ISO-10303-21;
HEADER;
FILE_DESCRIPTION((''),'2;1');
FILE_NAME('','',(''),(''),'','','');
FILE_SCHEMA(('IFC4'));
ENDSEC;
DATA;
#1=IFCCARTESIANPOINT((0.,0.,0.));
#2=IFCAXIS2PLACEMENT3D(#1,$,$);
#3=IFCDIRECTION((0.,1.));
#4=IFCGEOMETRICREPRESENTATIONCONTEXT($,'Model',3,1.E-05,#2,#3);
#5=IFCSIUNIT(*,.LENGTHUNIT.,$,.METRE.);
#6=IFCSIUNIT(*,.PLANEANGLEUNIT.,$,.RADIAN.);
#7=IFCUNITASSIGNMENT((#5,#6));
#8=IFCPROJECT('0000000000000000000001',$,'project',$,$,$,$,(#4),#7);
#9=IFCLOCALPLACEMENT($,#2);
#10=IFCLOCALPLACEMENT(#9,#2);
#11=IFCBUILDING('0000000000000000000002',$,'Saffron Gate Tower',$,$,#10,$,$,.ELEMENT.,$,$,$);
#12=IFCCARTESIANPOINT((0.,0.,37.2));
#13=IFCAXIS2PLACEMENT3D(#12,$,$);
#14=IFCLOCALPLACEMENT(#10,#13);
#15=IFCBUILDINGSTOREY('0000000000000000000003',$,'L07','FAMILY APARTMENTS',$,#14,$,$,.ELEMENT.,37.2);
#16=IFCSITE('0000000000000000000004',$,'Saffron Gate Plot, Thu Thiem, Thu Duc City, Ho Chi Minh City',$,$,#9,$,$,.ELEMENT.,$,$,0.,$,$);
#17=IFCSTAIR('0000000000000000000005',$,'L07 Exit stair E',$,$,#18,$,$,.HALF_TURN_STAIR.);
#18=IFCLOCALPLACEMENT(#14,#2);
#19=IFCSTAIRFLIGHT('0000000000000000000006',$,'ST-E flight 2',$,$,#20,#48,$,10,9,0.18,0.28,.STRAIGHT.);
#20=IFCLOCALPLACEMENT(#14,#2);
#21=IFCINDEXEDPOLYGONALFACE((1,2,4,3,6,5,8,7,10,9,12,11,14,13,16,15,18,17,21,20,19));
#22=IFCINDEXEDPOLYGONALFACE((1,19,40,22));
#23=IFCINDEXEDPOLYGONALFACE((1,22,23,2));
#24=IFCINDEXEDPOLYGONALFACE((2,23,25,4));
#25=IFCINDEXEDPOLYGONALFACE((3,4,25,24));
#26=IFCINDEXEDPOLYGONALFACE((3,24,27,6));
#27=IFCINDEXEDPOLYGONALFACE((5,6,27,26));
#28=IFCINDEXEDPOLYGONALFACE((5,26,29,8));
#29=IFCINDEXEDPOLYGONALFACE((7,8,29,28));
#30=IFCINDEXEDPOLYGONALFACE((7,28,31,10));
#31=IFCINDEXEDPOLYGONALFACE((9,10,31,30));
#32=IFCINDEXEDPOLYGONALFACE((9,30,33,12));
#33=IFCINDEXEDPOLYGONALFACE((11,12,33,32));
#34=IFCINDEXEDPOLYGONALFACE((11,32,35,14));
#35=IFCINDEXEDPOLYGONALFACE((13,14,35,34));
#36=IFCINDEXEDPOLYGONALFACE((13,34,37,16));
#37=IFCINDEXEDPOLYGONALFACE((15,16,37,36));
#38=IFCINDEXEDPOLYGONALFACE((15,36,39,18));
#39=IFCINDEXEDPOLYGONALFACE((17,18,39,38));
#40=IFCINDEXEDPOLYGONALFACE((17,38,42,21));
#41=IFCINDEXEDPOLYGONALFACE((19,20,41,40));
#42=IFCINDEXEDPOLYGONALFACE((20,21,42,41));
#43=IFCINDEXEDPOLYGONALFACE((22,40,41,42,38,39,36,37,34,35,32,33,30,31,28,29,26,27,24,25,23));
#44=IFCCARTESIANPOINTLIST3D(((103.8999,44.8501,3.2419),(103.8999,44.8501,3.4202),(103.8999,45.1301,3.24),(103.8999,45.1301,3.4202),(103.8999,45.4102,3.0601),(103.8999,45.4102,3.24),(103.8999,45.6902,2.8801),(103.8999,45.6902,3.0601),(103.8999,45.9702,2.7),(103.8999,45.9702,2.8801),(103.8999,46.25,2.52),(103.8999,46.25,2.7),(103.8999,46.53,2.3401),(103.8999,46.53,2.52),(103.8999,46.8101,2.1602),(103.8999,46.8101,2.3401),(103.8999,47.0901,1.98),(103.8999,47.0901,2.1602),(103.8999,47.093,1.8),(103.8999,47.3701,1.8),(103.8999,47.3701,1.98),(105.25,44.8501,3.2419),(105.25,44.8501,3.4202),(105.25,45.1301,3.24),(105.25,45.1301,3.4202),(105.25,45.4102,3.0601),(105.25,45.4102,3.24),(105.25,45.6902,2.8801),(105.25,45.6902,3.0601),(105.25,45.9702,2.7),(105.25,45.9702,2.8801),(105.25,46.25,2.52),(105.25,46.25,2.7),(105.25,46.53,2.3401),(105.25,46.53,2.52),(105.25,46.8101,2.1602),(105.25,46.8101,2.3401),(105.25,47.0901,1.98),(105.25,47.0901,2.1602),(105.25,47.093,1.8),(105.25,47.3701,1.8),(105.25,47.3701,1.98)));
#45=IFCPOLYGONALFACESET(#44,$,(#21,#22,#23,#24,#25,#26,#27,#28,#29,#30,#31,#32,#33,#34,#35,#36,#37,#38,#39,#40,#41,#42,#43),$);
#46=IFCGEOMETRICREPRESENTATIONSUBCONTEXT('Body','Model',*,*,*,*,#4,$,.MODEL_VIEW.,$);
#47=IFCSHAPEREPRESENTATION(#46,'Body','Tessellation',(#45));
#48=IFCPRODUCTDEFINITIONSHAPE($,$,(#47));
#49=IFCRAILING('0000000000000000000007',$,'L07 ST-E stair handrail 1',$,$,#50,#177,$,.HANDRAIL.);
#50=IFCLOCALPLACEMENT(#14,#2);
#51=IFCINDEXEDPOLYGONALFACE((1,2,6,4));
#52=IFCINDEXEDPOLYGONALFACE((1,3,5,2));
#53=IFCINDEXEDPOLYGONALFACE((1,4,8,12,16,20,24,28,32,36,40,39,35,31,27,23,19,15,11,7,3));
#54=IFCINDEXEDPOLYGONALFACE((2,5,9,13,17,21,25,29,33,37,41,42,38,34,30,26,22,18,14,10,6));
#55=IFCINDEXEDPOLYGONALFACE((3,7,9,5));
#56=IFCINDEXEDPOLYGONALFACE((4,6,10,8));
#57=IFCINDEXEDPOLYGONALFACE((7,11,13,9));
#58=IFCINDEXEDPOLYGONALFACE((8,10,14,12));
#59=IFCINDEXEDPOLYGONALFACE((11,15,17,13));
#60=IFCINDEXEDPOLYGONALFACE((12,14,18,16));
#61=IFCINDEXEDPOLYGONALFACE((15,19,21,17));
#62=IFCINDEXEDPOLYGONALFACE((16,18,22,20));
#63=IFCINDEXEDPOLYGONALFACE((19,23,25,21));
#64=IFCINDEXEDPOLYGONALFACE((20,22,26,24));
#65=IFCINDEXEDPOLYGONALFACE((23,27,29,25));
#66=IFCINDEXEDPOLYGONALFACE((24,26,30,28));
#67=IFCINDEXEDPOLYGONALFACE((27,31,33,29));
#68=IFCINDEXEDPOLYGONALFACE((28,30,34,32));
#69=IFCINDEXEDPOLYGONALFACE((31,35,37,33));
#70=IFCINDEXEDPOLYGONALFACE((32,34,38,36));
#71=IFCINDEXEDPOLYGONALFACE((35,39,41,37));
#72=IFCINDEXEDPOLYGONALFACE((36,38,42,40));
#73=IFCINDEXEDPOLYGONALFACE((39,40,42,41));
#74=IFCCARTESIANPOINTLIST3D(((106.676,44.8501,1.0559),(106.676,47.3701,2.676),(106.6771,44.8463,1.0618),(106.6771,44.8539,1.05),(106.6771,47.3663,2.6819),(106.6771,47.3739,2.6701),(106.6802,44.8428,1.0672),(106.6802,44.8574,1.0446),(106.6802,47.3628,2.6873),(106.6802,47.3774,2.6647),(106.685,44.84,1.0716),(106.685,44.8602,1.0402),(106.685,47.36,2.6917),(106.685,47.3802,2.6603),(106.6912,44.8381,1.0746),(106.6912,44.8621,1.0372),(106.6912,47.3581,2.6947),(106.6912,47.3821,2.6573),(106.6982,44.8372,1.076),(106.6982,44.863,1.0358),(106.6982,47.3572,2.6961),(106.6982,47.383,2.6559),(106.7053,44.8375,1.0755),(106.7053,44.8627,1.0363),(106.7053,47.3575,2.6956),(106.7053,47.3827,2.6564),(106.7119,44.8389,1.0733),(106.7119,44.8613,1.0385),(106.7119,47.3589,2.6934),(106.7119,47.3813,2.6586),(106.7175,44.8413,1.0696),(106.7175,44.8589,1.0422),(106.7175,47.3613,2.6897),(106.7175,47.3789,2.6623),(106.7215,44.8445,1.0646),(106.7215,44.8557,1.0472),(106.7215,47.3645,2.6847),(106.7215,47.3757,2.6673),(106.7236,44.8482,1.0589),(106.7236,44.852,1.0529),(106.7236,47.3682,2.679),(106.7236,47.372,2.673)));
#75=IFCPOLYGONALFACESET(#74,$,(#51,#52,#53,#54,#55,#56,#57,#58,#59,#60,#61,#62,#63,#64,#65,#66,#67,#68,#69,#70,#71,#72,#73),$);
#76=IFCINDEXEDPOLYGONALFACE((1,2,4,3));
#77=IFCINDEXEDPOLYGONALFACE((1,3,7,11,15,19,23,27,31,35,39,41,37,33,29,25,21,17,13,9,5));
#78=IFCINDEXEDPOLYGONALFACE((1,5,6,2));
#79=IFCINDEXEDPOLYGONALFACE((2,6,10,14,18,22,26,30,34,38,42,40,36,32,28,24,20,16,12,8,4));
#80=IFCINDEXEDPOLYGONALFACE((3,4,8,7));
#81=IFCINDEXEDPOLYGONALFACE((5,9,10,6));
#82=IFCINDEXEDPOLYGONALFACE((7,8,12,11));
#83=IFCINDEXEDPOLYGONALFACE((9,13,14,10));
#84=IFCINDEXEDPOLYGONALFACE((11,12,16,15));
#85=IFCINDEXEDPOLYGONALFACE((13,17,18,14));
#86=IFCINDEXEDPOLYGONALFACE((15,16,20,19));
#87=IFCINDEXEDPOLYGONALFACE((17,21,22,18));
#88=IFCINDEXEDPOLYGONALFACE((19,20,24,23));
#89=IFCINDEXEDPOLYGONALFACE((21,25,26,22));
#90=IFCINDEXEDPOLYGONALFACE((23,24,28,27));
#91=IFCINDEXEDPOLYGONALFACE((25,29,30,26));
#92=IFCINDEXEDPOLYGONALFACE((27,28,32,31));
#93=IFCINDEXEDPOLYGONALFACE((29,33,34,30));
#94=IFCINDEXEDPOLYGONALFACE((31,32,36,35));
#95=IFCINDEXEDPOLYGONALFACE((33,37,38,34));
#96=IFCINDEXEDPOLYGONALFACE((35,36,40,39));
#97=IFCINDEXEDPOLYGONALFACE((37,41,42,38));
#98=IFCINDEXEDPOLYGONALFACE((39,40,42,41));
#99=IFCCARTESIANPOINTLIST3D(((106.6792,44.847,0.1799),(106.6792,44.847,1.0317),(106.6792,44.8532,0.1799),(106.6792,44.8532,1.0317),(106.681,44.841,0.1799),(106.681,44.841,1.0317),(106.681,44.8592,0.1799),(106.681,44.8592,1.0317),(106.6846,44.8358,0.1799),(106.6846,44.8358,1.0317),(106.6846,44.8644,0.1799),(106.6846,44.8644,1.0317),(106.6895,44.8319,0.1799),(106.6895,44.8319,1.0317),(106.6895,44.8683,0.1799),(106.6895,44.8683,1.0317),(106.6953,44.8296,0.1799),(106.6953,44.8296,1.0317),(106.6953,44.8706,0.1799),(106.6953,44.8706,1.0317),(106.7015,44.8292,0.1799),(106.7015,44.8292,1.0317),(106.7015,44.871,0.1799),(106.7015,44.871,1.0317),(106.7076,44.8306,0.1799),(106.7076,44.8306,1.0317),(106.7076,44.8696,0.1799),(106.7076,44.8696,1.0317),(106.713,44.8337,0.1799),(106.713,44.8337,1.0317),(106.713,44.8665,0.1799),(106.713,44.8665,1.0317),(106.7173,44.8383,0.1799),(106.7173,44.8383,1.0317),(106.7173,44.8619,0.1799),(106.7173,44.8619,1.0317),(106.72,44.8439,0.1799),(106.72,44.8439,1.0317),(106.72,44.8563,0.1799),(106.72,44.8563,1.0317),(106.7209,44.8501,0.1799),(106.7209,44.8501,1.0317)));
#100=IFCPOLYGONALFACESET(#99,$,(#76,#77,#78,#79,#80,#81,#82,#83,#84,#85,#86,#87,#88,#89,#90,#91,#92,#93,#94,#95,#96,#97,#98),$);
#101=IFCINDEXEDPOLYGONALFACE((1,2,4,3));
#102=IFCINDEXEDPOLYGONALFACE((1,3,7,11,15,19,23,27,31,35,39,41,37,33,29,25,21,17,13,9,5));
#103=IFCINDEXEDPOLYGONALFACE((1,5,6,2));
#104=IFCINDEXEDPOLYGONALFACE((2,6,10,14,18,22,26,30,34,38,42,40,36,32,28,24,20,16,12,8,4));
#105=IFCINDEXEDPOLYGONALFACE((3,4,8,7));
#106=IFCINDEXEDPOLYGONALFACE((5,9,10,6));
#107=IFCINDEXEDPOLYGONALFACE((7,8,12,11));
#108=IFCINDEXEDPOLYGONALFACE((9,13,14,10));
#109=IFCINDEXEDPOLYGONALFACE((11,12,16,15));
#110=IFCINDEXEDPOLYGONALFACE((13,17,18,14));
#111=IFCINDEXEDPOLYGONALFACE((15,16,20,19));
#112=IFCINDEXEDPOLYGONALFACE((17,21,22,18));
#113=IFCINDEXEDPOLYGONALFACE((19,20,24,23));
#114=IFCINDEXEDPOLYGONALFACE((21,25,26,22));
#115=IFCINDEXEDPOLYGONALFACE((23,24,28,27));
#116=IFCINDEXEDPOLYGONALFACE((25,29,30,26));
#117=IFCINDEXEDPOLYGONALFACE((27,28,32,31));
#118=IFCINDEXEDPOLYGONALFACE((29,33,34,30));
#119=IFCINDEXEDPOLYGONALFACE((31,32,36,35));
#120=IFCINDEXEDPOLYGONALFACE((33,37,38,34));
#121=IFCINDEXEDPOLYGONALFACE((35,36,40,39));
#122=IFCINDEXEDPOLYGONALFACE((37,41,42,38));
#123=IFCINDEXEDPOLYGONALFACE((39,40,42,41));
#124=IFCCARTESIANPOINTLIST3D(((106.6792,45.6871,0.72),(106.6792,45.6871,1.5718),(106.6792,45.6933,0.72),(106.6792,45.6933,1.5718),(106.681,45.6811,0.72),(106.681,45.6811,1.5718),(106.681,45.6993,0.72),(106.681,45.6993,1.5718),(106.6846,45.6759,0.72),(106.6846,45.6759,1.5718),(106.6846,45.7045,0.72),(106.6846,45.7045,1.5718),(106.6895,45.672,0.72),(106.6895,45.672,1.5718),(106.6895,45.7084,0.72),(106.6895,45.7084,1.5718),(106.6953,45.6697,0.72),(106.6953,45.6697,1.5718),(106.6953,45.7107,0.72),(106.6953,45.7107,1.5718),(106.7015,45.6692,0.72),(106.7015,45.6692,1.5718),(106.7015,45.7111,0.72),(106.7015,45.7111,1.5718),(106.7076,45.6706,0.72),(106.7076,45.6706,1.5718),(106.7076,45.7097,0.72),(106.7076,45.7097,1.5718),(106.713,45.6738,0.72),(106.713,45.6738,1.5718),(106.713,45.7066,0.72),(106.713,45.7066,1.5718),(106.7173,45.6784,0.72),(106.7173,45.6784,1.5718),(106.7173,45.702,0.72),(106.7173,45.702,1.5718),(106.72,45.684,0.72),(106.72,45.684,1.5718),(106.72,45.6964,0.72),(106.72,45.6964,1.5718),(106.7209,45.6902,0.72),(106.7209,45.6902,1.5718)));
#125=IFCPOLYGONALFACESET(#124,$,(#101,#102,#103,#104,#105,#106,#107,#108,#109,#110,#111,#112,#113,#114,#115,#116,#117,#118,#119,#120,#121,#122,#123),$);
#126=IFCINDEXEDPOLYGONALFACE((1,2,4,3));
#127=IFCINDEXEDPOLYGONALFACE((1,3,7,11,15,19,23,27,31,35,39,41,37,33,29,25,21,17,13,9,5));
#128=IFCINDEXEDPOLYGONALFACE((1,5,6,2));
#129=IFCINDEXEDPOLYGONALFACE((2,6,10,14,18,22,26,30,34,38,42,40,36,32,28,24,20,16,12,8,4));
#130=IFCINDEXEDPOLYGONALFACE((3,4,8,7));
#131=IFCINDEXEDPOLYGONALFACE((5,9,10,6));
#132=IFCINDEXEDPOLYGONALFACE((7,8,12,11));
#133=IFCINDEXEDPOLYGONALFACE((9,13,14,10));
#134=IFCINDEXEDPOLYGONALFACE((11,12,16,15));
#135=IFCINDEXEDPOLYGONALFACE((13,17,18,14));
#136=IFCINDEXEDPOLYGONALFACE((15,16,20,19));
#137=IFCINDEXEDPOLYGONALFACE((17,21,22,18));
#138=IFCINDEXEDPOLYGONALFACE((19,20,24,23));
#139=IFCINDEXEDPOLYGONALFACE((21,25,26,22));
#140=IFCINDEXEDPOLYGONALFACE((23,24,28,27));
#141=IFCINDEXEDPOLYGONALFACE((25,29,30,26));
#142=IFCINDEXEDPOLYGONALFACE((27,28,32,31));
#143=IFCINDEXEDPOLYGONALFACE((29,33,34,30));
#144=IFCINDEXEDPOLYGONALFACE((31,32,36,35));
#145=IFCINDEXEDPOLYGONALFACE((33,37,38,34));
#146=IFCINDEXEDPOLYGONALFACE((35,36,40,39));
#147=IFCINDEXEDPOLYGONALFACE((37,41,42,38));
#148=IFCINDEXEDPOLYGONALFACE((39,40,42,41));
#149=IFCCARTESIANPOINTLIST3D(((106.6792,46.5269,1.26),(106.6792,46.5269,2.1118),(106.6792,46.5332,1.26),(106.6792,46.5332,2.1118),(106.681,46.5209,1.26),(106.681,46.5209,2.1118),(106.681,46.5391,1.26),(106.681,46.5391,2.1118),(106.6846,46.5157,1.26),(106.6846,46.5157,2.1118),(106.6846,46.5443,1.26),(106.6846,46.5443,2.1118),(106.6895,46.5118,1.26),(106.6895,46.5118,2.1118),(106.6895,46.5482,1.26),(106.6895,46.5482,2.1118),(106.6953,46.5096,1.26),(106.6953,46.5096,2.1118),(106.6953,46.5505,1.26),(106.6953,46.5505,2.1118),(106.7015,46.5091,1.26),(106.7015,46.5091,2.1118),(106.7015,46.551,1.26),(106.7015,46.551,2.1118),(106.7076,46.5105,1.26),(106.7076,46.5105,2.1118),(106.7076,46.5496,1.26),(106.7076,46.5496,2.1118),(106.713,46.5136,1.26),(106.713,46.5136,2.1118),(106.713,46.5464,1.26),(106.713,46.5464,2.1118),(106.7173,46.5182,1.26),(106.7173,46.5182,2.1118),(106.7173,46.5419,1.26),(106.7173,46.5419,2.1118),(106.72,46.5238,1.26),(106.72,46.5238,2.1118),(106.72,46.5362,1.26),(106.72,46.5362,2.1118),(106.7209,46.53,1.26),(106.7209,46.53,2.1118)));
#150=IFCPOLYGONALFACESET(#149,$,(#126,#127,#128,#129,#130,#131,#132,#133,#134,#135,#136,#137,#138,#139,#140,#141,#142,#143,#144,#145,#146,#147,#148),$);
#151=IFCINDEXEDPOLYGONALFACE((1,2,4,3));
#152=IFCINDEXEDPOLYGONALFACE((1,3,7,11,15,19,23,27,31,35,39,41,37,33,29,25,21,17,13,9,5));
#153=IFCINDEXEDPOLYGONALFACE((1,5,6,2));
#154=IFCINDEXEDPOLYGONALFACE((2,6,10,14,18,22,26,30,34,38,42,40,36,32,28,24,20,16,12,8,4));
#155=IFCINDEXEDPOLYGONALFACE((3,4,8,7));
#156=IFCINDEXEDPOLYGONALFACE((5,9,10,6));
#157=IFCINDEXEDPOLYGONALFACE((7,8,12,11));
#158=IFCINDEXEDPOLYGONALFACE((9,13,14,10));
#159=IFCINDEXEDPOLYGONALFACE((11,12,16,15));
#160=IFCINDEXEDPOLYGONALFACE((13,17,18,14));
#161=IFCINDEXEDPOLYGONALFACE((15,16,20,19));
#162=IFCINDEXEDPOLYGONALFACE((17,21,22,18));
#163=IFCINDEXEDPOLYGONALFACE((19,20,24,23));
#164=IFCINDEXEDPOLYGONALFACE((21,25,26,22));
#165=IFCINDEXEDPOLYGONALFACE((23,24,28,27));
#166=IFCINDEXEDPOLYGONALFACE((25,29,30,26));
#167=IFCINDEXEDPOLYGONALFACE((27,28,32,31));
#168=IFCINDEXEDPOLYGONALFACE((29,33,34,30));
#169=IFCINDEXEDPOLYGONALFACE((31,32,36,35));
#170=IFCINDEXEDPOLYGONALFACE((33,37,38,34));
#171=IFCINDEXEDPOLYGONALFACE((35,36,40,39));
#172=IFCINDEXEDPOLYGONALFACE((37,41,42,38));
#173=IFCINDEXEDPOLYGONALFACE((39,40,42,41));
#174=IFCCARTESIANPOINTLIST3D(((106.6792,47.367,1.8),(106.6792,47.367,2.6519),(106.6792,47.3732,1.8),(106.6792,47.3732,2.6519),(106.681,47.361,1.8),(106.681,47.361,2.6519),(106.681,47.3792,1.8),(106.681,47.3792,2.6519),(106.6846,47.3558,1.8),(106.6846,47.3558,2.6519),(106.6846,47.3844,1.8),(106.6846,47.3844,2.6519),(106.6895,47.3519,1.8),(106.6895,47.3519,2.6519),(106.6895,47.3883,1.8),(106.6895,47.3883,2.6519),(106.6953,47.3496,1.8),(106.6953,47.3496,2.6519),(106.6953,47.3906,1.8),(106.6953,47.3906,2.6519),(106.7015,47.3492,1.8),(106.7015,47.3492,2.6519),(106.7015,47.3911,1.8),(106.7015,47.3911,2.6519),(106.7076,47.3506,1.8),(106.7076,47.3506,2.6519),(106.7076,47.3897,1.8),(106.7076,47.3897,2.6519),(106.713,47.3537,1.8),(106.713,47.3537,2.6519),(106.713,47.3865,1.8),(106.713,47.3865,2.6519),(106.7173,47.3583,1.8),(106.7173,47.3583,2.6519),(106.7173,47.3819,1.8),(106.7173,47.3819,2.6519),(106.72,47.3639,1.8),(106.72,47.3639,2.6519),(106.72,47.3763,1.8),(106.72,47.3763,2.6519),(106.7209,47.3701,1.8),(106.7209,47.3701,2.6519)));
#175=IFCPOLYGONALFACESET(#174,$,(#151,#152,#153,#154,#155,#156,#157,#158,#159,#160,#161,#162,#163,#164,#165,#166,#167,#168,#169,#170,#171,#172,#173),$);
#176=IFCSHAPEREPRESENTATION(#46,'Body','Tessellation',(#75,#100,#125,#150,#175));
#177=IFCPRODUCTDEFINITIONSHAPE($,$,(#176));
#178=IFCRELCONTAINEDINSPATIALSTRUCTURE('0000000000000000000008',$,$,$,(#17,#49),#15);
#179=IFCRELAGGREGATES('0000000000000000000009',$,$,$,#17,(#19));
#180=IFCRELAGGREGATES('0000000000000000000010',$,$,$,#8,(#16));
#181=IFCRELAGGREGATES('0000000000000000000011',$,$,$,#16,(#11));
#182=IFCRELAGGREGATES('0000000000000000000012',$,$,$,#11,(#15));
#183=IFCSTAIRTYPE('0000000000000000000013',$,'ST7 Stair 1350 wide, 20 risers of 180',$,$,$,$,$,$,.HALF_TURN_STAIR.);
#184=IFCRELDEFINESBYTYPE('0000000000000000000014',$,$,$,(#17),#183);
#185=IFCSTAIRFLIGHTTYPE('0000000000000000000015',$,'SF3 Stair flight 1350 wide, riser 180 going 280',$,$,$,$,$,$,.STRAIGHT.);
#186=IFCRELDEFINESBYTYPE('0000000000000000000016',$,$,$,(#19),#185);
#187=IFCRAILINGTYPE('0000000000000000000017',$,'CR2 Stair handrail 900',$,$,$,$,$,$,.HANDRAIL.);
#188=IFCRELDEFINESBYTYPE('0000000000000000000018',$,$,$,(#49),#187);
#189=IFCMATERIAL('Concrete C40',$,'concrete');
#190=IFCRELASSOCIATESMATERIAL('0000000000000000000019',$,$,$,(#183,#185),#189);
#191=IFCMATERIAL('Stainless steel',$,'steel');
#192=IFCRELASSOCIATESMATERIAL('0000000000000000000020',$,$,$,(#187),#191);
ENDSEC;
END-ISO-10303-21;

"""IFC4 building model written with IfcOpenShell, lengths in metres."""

from ifc_helpers import new_model, si_unit, direction, frame, origin, origin_2d, place, context, subcontext, project, spatial, polyline, circle, outline, extrude, material, type_object, element, aggregate, save


model = new_model("IFC4")

# Units and contexts
model_context = context("Model", 3, precision=1e-05, world=origin(), true_north=direction((0.0, 1.0)))
body_context = subcontext(model_context, "Body", "Model", "MODEL_VIEW")
ifc_project = project(units=[si_unit("LENGTHUNIT", "METRE"), si_unit("PLANEANGLEUNIT", "RADIAN")], contexts=[model_context])

# Site, building, storey
site_placement = place(None, origin())
site = spatial("IfcSite", under=ifc_project, at=site_placement, Name="Saffron Gate Plot, Thu Thiem, Thu Duc City, Ho Chi Minh City", CompositionType="ELEMENT", RefElevation=0.0)
building_placement = place(site_placement, origin())
building = spatial("IfcBuilding", under=site, at=building_placement, Name="Saffron Gate Tower", CompositionType="ELEMENT")
storey_placement = place(building_placement, frame((0.0, 0.0, 37.2)))
storey = spatial("IfcBuildingStorey", under=building, at=storey_placement, Name="L07", Description="FAMILY APARTMENTS", CompositionType="ELEMENT", Elevation=37.2)

# Stair, stair flight
ifc_material_1 = material(Name="Concrete C40", Category="concrete")
stair_type = type_object("IfcStairType", Name="ST7 Stair 1350 wide, 20 risers of 180", PredefinedType="HALF_TURN_STAIR", material=ifc_material_1)
stair_placement = place(storey_placement, origin())
stair = element("IfcStair", 1, at=stair_placement, inside=storey, type_object=stair_type, Name="L07 Exit stair E", PredefinedType="HALF_TURN_STAIR")
stair_flight_type = type_object("IfcStairFlightType", Name="SF3 Stair flight 1350 wide, riser 180 going 280", PredefinedType="STRAIGHT", material=ifc_material_1)
stair_flight_1_placement = place(storey_placement, frame((104.575, 47.3701, 1.8), z_axis=(0.0, 0.0, 1.0), x_axis=(0.0, -1.0, 0.0)))
stair_flight_1 = element("IfcStairFlight", 2, at=stair_flight_1_placement, type_object=stair_flight_type, Name="ST-E flight 2", NumberOfRisers=10, NumberOfTreads=9, PredefinedType="STRAIGHT", RiserHeight=0.18, TreadLength=0.28, context=body_context, shape_type="SweptSolid", body=[
    extrude(outline(polyline([(0.0, 0.0), (0.0, 0.1799), (0.28, 0.1799), (0.28, 0.3601), (0.5601, 0.3601), (0.5601, 0.54), (0.8401, 0.54), (0.8401, 0.72), (1.1201, 0.72), (1.1201, 0.8999), (1.3999, 0.8999), (1.3999, 1.0801), (1.6799, 1.0801), (1.6799, 1.26), (1.96, 1.26), (1.96, 1.4399), (2.24, 1.4399), (2.24, 1.6201), (2.52, 1.6201), (2.52, 1.8), (2.52, 1.4419), (0.2771, 0.0), (0.0, 0.0)])), frame((0.0, 0.675, 0.0), z_axis=(0.0, -1.0, 0.0), x_axis=(1.0, 0.0, 0.0)), (0.0, 0.0, 1.0), 1.3501),
])
aggregate(stair, [stair_flight_1])

# Railing
ifc_material_2 = material(Name="Stainless steel", Category="steel")
railing_type_1 = type_object("IfcRailingType", Name="CR2 Stair handrail 900", PredefinedType="HANDRAIL", material=ifc_material_2)
railing_1_placement = place(storey_placement, frame((106.7, 44.8501, 0.1799)))
element("IfcRailing", 3, at=railing_1_placement, inside=storey, type_object=railing_type_1, Name="L07 ST-E stair handrail 1", PredefinedType="HANDRAIL", context=body_context, shape_type="SweptSolid", body=[
    extrude(circle(Radius=0.0239, at=origin_2d()), frame((0.0, 0.0, 0.876), z_axis=(0.0, 0.841163, 0.540782), x_axis=(-1.0, 0.0, 0.0)), (0.0, 0.0, 1.0), 2.9958),
    extrude(circle(Radius=0.021, at=origin_2d()), origin(), (0.0, 0.0, 1.0), 0.8518),
    extrude(circle(Radius=0.021, at=origin_2d()), frame((0.0, 0.8401, 0.54)), (0.0, 0.0, 1.0), 0.8518),
    extrude(circle(Radius=0.021, at=origin_2d()), frame((0.0, 1.6799, 1.0801)), (0.0, 0.0, 1.0), 0.8518),
    extrude(circle(Radius=0.021, at=origin_2d()), frame((0.0, 2.52, 1.6201)), (0.0, 0.0, 1.0), 0.8518),
])

save(model, "model.ifc")
